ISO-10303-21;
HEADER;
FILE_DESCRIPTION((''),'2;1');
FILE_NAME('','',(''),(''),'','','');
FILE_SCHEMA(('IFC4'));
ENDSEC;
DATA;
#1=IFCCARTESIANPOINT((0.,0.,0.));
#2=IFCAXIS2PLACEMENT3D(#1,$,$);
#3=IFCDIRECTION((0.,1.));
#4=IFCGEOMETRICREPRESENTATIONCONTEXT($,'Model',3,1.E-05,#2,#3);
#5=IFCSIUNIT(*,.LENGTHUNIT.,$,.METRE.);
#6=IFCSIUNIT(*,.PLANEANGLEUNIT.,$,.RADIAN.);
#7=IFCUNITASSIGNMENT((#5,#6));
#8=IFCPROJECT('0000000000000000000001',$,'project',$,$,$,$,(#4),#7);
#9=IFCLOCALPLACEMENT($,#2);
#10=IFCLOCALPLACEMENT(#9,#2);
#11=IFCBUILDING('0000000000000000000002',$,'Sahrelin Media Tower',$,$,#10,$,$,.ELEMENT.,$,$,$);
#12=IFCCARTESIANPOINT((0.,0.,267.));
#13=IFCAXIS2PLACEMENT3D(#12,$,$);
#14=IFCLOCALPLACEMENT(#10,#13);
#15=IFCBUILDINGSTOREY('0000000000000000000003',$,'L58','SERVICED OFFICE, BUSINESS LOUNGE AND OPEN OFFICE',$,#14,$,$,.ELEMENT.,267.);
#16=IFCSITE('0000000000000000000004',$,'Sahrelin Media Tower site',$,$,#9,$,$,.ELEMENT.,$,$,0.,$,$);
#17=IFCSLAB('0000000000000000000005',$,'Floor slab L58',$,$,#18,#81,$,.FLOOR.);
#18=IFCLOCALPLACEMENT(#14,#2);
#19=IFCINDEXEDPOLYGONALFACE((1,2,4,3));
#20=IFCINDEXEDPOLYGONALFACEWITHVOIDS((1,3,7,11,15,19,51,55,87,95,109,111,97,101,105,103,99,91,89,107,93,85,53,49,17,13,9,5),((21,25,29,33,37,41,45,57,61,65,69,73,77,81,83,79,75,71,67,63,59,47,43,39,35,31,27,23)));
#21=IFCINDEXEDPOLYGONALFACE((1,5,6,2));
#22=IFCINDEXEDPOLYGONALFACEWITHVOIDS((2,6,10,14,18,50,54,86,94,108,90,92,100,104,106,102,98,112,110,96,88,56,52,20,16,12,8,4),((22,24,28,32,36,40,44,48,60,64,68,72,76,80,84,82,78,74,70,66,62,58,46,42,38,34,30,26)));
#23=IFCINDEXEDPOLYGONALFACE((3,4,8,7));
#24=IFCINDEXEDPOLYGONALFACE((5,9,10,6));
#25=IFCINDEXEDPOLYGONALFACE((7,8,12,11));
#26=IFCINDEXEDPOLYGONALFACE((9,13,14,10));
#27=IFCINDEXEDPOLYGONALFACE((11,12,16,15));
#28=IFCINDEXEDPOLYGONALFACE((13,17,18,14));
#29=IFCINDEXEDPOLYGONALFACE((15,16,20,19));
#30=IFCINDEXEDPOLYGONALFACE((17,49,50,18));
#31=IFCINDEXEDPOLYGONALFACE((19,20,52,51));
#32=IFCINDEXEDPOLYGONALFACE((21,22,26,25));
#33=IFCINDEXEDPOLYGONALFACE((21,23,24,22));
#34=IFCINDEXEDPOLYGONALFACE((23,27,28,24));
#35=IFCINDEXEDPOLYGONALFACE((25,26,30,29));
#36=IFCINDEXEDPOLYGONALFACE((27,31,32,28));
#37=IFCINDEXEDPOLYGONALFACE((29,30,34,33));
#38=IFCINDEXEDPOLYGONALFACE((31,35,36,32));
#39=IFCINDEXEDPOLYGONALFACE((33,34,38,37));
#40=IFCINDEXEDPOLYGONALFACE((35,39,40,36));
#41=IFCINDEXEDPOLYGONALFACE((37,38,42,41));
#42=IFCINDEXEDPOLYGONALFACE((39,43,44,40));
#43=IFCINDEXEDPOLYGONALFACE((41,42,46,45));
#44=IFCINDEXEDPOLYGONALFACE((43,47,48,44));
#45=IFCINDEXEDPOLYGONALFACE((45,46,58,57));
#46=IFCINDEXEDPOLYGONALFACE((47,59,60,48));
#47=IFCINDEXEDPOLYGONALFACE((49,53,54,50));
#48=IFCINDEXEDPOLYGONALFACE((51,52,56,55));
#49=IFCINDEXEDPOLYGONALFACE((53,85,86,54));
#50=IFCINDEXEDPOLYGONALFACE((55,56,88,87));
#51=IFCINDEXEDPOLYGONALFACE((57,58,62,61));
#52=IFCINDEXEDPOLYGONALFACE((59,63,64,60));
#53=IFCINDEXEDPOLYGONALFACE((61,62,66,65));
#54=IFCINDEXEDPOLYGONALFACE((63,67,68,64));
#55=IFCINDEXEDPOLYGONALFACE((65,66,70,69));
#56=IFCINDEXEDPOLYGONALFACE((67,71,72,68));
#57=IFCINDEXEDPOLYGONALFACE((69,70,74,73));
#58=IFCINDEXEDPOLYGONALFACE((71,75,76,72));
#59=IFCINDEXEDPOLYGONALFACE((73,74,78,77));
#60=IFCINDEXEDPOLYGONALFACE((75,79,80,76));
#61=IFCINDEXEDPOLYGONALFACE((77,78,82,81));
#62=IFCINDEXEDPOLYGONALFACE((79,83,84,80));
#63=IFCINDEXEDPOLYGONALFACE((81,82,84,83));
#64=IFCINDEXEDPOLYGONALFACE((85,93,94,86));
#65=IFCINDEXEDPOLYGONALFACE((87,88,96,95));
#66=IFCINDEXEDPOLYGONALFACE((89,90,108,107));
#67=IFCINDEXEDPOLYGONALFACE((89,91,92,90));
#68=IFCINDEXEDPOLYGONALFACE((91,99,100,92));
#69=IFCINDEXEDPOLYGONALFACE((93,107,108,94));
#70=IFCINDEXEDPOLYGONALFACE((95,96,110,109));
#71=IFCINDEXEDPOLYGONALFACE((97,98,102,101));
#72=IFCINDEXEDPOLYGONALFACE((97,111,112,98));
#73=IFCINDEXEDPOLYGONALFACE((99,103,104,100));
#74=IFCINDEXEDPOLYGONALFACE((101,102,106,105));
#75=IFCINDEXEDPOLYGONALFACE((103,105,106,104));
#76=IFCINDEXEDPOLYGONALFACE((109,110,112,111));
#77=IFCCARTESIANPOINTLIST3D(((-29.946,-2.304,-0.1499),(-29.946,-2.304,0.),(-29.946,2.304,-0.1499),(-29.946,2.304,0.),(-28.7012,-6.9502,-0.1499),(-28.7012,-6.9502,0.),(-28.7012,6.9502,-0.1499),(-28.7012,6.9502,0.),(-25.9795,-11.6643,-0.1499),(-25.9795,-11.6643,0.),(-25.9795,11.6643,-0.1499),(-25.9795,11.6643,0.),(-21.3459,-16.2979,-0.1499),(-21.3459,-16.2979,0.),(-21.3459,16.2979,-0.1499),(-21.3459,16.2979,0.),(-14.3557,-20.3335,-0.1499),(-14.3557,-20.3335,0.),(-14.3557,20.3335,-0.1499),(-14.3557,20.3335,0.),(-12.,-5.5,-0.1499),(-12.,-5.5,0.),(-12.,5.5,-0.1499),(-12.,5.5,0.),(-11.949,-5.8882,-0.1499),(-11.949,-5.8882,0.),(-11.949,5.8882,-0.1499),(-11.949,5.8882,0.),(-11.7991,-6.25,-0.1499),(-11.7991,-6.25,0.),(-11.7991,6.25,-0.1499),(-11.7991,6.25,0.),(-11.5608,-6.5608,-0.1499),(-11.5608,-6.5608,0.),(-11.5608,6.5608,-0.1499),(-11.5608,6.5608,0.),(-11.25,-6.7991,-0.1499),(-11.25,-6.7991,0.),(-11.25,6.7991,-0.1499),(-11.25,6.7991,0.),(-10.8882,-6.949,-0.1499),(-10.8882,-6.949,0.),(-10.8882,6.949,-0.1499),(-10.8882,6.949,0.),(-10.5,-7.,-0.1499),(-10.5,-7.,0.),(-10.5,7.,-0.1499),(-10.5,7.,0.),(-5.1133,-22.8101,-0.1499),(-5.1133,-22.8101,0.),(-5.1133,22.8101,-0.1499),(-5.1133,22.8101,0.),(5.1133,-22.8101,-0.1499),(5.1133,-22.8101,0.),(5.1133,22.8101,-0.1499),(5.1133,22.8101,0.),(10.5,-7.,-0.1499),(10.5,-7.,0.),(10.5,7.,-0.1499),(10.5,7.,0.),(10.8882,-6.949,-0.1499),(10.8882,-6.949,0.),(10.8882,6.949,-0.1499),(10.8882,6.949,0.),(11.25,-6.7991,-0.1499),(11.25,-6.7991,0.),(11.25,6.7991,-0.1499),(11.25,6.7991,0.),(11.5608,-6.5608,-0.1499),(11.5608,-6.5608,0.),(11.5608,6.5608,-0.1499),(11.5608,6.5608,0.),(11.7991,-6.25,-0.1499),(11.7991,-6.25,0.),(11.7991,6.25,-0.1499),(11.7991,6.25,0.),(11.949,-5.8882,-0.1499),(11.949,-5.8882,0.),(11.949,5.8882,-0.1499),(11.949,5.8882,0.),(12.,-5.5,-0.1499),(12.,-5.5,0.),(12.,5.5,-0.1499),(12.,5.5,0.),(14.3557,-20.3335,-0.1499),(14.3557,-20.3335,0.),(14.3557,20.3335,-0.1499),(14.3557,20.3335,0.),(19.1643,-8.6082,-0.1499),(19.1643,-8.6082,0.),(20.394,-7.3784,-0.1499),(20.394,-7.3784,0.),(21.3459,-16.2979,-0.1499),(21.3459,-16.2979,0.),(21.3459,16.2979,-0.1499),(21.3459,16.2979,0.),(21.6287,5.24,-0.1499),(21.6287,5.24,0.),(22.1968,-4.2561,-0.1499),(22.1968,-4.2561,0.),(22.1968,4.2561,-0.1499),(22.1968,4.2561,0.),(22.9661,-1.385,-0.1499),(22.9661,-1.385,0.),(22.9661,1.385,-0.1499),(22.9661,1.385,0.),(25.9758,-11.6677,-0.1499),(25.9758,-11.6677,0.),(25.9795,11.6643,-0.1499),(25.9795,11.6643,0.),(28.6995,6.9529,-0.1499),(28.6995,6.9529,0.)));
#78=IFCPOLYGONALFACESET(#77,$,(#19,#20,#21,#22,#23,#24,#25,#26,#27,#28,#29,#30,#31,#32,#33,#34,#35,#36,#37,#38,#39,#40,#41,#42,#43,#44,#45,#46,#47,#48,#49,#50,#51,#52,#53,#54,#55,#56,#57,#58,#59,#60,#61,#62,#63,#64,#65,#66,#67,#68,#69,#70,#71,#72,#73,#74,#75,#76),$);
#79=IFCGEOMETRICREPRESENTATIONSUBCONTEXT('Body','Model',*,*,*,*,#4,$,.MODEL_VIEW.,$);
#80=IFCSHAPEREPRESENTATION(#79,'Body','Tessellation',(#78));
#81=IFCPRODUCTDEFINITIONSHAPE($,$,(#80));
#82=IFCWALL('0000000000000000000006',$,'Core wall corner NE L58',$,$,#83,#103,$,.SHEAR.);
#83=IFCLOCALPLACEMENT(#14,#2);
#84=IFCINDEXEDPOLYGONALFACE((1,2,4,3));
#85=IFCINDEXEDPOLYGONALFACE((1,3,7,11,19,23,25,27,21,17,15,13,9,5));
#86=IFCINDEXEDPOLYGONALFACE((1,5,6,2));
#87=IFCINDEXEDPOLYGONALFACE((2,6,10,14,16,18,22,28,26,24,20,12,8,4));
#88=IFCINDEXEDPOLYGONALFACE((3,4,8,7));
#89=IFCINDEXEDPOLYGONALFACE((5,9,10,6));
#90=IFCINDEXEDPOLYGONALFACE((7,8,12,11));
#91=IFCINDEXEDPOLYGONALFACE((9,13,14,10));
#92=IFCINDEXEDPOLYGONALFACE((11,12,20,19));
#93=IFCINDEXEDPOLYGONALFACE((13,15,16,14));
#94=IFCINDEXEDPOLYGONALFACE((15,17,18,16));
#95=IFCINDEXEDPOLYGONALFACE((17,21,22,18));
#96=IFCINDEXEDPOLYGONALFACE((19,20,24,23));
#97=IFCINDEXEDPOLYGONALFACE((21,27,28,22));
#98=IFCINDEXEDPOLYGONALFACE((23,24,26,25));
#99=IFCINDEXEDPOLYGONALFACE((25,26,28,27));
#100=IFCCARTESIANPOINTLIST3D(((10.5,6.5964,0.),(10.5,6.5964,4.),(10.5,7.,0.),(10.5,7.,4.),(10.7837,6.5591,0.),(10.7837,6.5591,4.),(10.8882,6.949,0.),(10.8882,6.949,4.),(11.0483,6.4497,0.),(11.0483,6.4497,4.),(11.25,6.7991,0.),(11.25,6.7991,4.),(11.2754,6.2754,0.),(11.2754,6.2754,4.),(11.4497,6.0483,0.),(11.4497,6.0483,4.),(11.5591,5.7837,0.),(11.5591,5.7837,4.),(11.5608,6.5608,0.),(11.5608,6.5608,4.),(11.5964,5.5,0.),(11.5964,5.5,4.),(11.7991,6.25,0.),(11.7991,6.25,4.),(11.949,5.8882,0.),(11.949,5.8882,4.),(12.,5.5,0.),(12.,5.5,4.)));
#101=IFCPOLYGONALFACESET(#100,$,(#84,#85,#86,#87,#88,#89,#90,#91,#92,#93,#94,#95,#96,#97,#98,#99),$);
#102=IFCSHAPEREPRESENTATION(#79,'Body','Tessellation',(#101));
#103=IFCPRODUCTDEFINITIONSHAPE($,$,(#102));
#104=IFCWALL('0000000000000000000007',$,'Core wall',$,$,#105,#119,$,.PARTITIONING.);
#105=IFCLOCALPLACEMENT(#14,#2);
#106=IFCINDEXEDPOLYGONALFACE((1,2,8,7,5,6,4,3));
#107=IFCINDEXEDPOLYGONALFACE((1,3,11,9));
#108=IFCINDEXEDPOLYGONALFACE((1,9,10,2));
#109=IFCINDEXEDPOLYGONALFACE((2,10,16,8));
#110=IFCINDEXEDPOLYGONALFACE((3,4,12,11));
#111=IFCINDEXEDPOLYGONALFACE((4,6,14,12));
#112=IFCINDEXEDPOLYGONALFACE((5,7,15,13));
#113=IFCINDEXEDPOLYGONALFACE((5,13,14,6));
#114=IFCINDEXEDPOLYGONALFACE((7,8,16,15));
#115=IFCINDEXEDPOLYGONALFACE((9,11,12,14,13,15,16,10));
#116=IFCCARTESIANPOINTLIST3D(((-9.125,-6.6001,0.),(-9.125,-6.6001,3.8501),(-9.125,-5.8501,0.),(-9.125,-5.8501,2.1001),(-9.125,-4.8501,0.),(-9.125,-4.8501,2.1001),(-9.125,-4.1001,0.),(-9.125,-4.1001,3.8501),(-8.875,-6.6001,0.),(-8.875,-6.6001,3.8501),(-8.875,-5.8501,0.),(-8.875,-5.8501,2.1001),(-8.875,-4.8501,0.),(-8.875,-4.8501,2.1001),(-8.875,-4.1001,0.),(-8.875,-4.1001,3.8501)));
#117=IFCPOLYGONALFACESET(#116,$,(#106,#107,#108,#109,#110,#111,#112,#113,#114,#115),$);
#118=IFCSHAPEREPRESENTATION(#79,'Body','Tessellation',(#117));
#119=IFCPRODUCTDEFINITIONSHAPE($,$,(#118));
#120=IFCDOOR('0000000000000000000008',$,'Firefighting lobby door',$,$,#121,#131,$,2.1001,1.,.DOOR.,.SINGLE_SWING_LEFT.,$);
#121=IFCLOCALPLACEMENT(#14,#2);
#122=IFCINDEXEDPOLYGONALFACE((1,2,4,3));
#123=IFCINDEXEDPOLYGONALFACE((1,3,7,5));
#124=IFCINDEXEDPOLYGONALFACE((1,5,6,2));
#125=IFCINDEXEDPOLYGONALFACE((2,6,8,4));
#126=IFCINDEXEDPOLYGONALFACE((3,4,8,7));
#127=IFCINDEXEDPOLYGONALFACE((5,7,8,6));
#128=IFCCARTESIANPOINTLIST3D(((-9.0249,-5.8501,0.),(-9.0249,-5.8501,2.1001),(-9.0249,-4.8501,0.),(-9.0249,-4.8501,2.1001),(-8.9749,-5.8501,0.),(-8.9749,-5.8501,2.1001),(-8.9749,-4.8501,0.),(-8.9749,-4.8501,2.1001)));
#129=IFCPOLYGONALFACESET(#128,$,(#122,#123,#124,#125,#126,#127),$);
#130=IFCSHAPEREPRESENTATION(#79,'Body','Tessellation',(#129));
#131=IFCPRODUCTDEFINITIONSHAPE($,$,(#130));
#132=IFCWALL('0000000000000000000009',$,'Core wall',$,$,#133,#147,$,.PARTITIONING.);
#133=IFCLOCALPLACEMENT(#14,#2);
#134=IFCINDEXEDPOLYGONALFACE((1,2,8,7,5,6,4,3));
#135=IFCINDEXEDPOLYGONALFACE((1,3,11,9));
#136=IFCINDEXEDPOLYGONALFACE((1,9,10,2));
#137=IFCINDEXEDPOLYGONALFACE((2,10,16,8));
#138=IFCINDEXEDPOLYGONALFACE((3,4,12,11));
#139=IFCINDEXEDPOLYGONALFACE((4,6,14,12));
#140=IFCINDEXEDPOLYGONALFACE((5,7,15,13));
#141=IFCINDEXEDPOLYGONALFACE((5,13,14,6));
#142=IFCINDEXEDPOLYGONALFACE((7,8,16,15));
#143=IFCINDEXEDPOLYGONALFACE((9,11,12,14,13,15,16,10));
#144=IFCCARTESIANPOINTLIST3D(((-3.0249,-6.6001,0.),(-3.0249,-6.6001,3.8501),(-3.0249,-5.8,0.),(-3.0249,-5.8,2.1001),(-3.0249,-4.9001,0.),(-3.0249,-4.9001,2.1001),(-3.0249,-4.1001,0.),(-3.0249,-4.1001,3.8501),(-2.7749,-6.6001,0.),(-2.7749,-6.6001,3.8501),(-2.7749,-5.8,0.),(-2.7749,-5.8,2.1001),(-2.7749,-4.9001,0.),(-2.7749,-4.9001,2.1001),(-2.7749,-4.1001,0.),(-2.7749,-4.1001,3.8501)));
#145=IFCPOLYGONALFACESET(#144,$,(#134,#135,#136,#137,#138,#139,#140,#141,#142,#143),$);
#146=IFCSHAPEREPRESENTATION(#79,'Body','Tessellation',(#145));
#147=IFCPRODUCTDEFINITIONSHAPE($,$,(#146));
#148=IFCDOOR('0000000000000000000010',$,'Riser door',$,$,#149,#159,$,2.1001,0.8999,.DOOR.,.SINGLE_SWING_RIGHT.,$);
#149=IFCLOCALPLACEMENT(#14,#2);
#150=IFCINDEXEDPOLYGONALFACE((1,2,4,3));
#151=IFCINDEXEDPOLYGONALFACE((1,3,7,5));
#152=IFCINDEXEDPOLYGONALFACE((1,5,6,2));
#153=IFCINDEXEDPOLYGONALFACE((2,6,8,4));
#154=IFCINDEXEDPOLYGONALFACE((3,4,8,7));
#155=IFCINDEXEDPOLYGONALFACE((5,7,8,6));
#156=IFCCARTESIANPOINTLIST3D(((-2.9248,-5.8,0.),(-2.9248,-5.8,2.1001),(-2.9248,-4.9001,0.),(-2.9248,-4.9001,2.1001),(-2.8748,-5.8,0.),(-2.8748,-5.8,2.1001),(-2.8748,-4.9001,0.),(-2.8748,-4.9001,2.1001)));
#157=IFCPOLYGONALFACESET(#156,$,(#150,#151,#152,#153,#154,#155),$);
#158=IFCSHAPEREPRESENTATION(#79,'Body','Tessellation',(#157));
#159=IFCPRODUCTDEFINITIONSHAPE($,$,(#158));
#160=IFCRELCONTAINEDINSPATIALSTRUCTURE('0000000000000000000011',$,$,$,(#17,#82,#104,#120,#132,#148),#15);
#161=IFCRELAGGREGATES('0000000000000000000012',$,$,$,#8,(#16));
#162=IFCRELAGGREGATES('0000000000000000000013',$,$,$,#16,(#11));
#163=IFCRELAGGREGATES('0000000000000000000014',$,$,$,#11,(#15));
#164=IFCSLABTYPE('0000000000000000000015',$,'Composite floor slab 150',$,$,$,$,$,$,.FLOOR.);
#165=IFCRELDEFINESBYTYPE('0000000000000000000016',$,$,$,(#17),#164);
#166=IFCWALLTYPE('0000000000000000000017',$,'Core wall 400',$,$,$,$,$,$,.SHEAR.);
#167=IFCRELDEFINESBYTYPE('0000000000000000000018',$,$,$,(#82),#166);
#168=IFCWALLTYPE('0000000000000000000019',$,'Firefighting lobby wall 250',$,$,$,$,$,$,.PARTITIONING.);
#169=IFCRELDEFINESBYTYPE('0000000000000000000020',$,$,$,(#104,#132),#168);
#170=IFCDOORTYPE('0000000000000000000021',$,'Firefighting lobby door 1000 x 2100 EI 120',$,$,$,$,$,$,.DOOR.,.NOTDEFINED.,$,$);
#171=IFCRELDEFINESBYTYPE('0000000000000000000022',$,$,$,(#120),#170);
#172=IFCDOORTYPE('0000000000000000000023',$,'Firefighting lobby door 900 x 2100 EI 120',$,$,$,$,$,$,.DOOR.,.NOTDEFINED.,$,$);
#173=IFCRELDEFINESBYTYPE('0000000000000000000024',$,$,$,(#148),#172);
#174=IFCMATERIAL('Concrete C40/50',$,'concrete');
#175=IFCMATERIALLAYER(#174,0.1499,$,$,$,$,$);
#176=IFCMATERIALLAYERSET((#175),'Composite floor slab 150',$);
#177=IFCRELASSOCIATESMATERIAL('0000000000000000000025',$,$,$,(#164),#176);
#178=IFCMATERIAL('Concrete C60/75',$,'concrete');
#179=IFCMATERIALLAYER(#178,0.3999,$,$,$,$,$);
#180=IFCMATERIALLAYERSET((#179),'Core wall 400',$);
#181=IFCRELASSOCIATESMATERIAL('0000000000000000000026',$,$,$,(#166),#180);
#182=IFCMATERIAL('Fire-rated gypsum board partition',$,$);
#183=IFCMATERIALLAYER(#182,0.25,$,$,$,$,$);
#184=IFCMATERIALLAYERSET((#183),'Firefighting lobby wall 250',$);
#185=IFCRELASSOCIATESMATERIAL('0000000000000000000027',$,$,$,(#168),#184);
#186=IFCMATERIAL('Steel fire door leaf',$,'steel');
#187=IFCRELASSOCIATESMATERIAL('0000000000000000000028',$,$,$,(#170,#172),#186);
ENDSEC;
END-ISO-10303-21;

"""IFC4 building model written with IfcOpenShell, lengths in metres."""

from ifc_helpers import new_model, si_unit, direction, frame, frame_2d, origin, place, context, subcontext, project, spatial, polyline, rectangle, outline, extrude, material, layer, layer_set, type_object, element, fill, save


model = new_model("IFC4")

# Units and contexts
model_context = context("Model", 3, precision=1e-05, world=origin(), true_north=direction((0.0, 1.0)))
body_context = subcontext(model_context, "Body", "Model", "MODEL_VIEW")
ifc_project = project(units=[si_unit("LENGTHUNIT", "METRE"), si_unit("PLANEANGLEUNIT", "RADIAN")], contexts=[model_context])

# Site, building, storey
site_placement = place(None, origin())
site = spatial("IfcSite", under=ifc_project, at=site_placement, Name="Sahrelin Media Tower site", CompositionType="ELEMENT", RefElevation=0.0)
building_placement = place(site_placement, origin())
building = spatial("IfcBuilding", under=site, at=building_placement, Name="Sahrelin Media Tower", CompositionType="ELEMENT")
storey_placement = place(building_placement, frame((0.0, 0.0, 267.0)))
storey = spatial("IfcBuildingStorey", under=building, at=storey_placement, Name="L58", Description="SERVICED OFFICE, BUSINESS LOUNGE AND OPEN OFFICE", CompositionType="ELEMENT", Elevation=267.0)

# Slab
ifc_material_1 = material(Name="Concrete C40/50", Category="concrete")
ifc_layer_1 = layer(ifc_material_1, 0.1499)
ifc_layer_set_1 = layer_set([ifc_layer_1], Name="Composite floor slab 150")
slab_type = type_object("IfcSlabType", Name="Composite floor slab 150", PredefinedType="FLOOR", material=ifc_layer_set_1)
slab_placement = place(storey_placement, frame((0.0, 0.0, -0.1499)))
element("IfcSlab", 1, at=slab_placement, inside=storey, type_object=slab_type, Name="Floor slab L58", PredefinedType="FLOOR", context=body_context, shape_type="SweptSolid", body=[
    extrude(outline(polyline([(21.3459, -16.2979), (25.9758, -11.6677), (19.1643, -8.6082), (20.394, -7.3784), (22.1968, -4.2561), (22.9661, -1.385), (22.9661, 1.385), (22.1968, 4.2561), (21.6287, 5.24), (28.6995, 6.9529), (25.9795, 11.6643), (21.3459, 16.2979), (14.3557, 20.3335), (5.1133, 22.8101), (-5.1133, 22.8101), (-14.3557, 20.3335), (-21.3459, 16.2979), (-25.9795, 11.6643), (-28.7012, 6.9502), (-29.946, 2.304), (-29.946, -2.304), (-28.7012, -6.9502), (-25.9795, -11.6643), (-21.3459, -16.2979), (-14.3557, -20.3335), (-5.1133, -22.8101), (5.1133, -22.8101), (14.3557, -20.3335), (21.3459, -16.2979)]), holes=[polyline([(11.7991, 6.25), (11.949, 5.8882), (12.0, 5.5), (12.0, -5.5), (11.949, -5.8882), (11.7991, -6.25), (11.5608, -6.5608), (11.25, -6.7991), (10.8882, -6.949), (10.5, -7.0), (-10.5, -7.0), (-10.8882, -6.949), (-11.25, -6.7991), (-11.5608, -6.5608), (-11.7991, -6.25), (-11.949, -5.8882), (-12.0, -5.5), (-12.0, 5.5), (-11.949, 5.8882), (-11.7991, 6.25), (-11.5608, 6.5608), (-11.25, 6.7991), (-10.8882, 6.949), (-10.5, 7.0), (10.5, 7.0), (10.8882, 6.949), (11.25, 6.7991), (11.5608, 6.5608), (11.7991, 6.25)])]), origin(), (0.0, 0.0, 1.0), 0.1499),
])

# Wall
ifc_material_2 = material(Name="Concrete C60/75", Category="concrete")
ifc_layer_2 = layer(ifc_material_2, 0.3999)
ifc_layer_set_2 = layer_set([ifc_layer_2], Name="Core wall 400")
wall_type_1 = type_object("IfcWallType", Name="Core wall 400", PredefinedType="SHEAR", material=ifc_layer_set_2)
wall_1_placement = place(storey_placement, origin())
element("IfcWall", 2, at=wall_1_placement, inside=storey, type_object=wall_type_1, Name="Core wall corner NE L58", PredefinedType="SHEAR", context=body_context, shape_type="SweptSolid", body=[
    extrude(outline(polyline([(10.5, 7.0), (10.5, 6.5964), (10.7837, 6.5591), (11.0483, 6.4497), (11.2754, 6.2754), (11.4497, 6.0483), (11.5591, 5.7837), (11.5964, 5.5), (12.0, 5.5), (11.949, 5.8882), (11.7991, 6.25), (11.5608, 6.5608), (11.25, 6.7991), (10.8882, 6.949), (10.5, 7.0)])), origin(), (0.0, 0.0, 1.0), 4.0),
])

# Walls, openings, doors
ifc_material_3 = material(Name="Fire-rated gypsum board partition")
ifc_layer_3 = layer(ifc_material_3, 0.25)
ifc_layer_set_3 = layer_set([ifc_layer_3], Name="Firefighting lobby wall 250")
wall_type_2 = type_object("IfcWallType", Name="Firefighting lobby wall 250", PredefinedType="PARTITIONING", material=ifc_layer_set_3)
wall_2_placement = place(storey_placement, frame((-9.0, -6.6001, 0.0), z_axis=(0.0, 0.0, 1.0), x_axis=(0.0, 1.0, 0.0)))
wall_2 = element("IfcWall", 3, at=wall_2_placement, inside=storey, type_object=wall_type_2, Name="Core wall", PredefinedType="PARTITIONING", context=body_context, shape_type="SweptSolid", body=[
    extrude(rectangle(XDim=2.5, YDim=0.25, at=frame_2d((1.25, 0.0))), origin(), (0.0, 0.0, 1.0), 3.8501),
])
opening_1_placement = place(wall_2_placement, frame((0.75, 0.0, 0.0)))
opening_1 = element("IfcOpeningElement", 4, at=opening_1_placement, cuts=wall_2, PredefinedType="OPENING", context=body_context, shape_type="SweptSolid", body=[
    extrude(rectangle(XDim=1.0, YDim=2.1001, at=frame_2d((0.5, 1.05))), frame((0.0, 0.125, 0.0), z_axis=(0.0, -1.0, 0.0), x_axis=(1.0, 0.0, 0.0)), (0.0, 0.0, 1.0), 0.25),
])
ifc_material_4 = material(Name="Steel fire door leaf", Category="steel")
door_type_1 = type_object("IfcDoorType", Name="Firefighting lobby door 1000 x 2100 EI 120", OperationType="NOTDEFINED", PredefinedType="DOOR", material=ifc_material_4)
door_1_placement = place(opening_1_placement, origin())
door_1 = element("IfcDoor", 5, at=door_1_placement, inside=storey, type_object=door_type_1, Name="Firefighting lobby door", OperationType="SINGLE_SWING_LEFT", OverallHeight=2.1001, OverallWidth=1.0, PredefinedType="DOOR", context=body_context, shape_type="SweptSolid", body=[
    extrude(rectangle(XDim=1.0, YDim=2.1001, at=frame_2d((0.5, 1.05))), frame((0.0, 0.0249, 0.0), z_axis=(0.0, -1.0, 0.0), x_axis=(1.0, 0.0, 0.0)), (0.0, 0.0, 1.0), 0.05),
])
fill(opening_1, door_1)
wall_3_placement = place(storey_placement, frame((-2.8999, -6.6001, 0.0), z_axis=(0.0, 0.0, 1.0), x_axis=(0.0, 1.0, 0.0)))
wall_3 = element("IfcWall", 6, at=wall_3_placement, inside=storey, type_object=wall_type_2, Name="Core wall", PredefinedType="PARTITIONING", context=body_context, shape_type="SweptSolid", body=[
    extrude(rectangle(XDim=2.5, YDim=0.25, at=frame_2d((1.25, 0.0))), origin(), (0.0, 0.0, 1.0), 3.8501),
])
opening_2_placement = place(wall_3_placement, frame((0.8, 0.0, 0.0)))
opening_2 = element("IfcOpeningElement", 7, at=opening_2_placement, cuts=wall_3, PredefinedType="OPENING", context=body_context, shape_type="SweptSolid", body=[
    extrude(rectangle(XDim=0.8999, YDim=2.1001, at=frame_2d((0.45, 1.05))), frame((0.0, 0.125, 0.0), z_axis=(0.0, -1.0, 0.0), x_axis=(1.0, 0.0, 0.0)), (0.0, 0.0, 1.0), 0.25),
])
door_type_2 = type_object("IfcDoorType", Name="Firefighting lobby door 900 x 2100 EI 120", OperationType="NOTDEFINED", PredefinedType="DOOR", material=ifc_material_4)
door_2_placement = place(opening_2_placement, origin())
door_2 = element("IfcDoor", 8, at=door_2_placement, inside=storey, type_object=door_type_2, Name="Riser door", OperationType="SINGLE_SWING_RIGHT", OverallHeight=2.1001, OverallWidth=0.8999, PredefinedType="DOOR", context=body_context, shape_type="SweptSolid", body=[
    extrude(rectangle(XDim=0.8999, YDim=2.1001, at=frame_2d((0.45, 1.05))), frame((0.0, 0.0249, 0.0), z_axis=(0.0, -1.0, 0.0), x_axis=(1.0, 0.0, 0.0)), (0.0, 0.0, 1.0), 0.05),
])
fill(opening_2, door_2)

save(model, "model.ifc")
